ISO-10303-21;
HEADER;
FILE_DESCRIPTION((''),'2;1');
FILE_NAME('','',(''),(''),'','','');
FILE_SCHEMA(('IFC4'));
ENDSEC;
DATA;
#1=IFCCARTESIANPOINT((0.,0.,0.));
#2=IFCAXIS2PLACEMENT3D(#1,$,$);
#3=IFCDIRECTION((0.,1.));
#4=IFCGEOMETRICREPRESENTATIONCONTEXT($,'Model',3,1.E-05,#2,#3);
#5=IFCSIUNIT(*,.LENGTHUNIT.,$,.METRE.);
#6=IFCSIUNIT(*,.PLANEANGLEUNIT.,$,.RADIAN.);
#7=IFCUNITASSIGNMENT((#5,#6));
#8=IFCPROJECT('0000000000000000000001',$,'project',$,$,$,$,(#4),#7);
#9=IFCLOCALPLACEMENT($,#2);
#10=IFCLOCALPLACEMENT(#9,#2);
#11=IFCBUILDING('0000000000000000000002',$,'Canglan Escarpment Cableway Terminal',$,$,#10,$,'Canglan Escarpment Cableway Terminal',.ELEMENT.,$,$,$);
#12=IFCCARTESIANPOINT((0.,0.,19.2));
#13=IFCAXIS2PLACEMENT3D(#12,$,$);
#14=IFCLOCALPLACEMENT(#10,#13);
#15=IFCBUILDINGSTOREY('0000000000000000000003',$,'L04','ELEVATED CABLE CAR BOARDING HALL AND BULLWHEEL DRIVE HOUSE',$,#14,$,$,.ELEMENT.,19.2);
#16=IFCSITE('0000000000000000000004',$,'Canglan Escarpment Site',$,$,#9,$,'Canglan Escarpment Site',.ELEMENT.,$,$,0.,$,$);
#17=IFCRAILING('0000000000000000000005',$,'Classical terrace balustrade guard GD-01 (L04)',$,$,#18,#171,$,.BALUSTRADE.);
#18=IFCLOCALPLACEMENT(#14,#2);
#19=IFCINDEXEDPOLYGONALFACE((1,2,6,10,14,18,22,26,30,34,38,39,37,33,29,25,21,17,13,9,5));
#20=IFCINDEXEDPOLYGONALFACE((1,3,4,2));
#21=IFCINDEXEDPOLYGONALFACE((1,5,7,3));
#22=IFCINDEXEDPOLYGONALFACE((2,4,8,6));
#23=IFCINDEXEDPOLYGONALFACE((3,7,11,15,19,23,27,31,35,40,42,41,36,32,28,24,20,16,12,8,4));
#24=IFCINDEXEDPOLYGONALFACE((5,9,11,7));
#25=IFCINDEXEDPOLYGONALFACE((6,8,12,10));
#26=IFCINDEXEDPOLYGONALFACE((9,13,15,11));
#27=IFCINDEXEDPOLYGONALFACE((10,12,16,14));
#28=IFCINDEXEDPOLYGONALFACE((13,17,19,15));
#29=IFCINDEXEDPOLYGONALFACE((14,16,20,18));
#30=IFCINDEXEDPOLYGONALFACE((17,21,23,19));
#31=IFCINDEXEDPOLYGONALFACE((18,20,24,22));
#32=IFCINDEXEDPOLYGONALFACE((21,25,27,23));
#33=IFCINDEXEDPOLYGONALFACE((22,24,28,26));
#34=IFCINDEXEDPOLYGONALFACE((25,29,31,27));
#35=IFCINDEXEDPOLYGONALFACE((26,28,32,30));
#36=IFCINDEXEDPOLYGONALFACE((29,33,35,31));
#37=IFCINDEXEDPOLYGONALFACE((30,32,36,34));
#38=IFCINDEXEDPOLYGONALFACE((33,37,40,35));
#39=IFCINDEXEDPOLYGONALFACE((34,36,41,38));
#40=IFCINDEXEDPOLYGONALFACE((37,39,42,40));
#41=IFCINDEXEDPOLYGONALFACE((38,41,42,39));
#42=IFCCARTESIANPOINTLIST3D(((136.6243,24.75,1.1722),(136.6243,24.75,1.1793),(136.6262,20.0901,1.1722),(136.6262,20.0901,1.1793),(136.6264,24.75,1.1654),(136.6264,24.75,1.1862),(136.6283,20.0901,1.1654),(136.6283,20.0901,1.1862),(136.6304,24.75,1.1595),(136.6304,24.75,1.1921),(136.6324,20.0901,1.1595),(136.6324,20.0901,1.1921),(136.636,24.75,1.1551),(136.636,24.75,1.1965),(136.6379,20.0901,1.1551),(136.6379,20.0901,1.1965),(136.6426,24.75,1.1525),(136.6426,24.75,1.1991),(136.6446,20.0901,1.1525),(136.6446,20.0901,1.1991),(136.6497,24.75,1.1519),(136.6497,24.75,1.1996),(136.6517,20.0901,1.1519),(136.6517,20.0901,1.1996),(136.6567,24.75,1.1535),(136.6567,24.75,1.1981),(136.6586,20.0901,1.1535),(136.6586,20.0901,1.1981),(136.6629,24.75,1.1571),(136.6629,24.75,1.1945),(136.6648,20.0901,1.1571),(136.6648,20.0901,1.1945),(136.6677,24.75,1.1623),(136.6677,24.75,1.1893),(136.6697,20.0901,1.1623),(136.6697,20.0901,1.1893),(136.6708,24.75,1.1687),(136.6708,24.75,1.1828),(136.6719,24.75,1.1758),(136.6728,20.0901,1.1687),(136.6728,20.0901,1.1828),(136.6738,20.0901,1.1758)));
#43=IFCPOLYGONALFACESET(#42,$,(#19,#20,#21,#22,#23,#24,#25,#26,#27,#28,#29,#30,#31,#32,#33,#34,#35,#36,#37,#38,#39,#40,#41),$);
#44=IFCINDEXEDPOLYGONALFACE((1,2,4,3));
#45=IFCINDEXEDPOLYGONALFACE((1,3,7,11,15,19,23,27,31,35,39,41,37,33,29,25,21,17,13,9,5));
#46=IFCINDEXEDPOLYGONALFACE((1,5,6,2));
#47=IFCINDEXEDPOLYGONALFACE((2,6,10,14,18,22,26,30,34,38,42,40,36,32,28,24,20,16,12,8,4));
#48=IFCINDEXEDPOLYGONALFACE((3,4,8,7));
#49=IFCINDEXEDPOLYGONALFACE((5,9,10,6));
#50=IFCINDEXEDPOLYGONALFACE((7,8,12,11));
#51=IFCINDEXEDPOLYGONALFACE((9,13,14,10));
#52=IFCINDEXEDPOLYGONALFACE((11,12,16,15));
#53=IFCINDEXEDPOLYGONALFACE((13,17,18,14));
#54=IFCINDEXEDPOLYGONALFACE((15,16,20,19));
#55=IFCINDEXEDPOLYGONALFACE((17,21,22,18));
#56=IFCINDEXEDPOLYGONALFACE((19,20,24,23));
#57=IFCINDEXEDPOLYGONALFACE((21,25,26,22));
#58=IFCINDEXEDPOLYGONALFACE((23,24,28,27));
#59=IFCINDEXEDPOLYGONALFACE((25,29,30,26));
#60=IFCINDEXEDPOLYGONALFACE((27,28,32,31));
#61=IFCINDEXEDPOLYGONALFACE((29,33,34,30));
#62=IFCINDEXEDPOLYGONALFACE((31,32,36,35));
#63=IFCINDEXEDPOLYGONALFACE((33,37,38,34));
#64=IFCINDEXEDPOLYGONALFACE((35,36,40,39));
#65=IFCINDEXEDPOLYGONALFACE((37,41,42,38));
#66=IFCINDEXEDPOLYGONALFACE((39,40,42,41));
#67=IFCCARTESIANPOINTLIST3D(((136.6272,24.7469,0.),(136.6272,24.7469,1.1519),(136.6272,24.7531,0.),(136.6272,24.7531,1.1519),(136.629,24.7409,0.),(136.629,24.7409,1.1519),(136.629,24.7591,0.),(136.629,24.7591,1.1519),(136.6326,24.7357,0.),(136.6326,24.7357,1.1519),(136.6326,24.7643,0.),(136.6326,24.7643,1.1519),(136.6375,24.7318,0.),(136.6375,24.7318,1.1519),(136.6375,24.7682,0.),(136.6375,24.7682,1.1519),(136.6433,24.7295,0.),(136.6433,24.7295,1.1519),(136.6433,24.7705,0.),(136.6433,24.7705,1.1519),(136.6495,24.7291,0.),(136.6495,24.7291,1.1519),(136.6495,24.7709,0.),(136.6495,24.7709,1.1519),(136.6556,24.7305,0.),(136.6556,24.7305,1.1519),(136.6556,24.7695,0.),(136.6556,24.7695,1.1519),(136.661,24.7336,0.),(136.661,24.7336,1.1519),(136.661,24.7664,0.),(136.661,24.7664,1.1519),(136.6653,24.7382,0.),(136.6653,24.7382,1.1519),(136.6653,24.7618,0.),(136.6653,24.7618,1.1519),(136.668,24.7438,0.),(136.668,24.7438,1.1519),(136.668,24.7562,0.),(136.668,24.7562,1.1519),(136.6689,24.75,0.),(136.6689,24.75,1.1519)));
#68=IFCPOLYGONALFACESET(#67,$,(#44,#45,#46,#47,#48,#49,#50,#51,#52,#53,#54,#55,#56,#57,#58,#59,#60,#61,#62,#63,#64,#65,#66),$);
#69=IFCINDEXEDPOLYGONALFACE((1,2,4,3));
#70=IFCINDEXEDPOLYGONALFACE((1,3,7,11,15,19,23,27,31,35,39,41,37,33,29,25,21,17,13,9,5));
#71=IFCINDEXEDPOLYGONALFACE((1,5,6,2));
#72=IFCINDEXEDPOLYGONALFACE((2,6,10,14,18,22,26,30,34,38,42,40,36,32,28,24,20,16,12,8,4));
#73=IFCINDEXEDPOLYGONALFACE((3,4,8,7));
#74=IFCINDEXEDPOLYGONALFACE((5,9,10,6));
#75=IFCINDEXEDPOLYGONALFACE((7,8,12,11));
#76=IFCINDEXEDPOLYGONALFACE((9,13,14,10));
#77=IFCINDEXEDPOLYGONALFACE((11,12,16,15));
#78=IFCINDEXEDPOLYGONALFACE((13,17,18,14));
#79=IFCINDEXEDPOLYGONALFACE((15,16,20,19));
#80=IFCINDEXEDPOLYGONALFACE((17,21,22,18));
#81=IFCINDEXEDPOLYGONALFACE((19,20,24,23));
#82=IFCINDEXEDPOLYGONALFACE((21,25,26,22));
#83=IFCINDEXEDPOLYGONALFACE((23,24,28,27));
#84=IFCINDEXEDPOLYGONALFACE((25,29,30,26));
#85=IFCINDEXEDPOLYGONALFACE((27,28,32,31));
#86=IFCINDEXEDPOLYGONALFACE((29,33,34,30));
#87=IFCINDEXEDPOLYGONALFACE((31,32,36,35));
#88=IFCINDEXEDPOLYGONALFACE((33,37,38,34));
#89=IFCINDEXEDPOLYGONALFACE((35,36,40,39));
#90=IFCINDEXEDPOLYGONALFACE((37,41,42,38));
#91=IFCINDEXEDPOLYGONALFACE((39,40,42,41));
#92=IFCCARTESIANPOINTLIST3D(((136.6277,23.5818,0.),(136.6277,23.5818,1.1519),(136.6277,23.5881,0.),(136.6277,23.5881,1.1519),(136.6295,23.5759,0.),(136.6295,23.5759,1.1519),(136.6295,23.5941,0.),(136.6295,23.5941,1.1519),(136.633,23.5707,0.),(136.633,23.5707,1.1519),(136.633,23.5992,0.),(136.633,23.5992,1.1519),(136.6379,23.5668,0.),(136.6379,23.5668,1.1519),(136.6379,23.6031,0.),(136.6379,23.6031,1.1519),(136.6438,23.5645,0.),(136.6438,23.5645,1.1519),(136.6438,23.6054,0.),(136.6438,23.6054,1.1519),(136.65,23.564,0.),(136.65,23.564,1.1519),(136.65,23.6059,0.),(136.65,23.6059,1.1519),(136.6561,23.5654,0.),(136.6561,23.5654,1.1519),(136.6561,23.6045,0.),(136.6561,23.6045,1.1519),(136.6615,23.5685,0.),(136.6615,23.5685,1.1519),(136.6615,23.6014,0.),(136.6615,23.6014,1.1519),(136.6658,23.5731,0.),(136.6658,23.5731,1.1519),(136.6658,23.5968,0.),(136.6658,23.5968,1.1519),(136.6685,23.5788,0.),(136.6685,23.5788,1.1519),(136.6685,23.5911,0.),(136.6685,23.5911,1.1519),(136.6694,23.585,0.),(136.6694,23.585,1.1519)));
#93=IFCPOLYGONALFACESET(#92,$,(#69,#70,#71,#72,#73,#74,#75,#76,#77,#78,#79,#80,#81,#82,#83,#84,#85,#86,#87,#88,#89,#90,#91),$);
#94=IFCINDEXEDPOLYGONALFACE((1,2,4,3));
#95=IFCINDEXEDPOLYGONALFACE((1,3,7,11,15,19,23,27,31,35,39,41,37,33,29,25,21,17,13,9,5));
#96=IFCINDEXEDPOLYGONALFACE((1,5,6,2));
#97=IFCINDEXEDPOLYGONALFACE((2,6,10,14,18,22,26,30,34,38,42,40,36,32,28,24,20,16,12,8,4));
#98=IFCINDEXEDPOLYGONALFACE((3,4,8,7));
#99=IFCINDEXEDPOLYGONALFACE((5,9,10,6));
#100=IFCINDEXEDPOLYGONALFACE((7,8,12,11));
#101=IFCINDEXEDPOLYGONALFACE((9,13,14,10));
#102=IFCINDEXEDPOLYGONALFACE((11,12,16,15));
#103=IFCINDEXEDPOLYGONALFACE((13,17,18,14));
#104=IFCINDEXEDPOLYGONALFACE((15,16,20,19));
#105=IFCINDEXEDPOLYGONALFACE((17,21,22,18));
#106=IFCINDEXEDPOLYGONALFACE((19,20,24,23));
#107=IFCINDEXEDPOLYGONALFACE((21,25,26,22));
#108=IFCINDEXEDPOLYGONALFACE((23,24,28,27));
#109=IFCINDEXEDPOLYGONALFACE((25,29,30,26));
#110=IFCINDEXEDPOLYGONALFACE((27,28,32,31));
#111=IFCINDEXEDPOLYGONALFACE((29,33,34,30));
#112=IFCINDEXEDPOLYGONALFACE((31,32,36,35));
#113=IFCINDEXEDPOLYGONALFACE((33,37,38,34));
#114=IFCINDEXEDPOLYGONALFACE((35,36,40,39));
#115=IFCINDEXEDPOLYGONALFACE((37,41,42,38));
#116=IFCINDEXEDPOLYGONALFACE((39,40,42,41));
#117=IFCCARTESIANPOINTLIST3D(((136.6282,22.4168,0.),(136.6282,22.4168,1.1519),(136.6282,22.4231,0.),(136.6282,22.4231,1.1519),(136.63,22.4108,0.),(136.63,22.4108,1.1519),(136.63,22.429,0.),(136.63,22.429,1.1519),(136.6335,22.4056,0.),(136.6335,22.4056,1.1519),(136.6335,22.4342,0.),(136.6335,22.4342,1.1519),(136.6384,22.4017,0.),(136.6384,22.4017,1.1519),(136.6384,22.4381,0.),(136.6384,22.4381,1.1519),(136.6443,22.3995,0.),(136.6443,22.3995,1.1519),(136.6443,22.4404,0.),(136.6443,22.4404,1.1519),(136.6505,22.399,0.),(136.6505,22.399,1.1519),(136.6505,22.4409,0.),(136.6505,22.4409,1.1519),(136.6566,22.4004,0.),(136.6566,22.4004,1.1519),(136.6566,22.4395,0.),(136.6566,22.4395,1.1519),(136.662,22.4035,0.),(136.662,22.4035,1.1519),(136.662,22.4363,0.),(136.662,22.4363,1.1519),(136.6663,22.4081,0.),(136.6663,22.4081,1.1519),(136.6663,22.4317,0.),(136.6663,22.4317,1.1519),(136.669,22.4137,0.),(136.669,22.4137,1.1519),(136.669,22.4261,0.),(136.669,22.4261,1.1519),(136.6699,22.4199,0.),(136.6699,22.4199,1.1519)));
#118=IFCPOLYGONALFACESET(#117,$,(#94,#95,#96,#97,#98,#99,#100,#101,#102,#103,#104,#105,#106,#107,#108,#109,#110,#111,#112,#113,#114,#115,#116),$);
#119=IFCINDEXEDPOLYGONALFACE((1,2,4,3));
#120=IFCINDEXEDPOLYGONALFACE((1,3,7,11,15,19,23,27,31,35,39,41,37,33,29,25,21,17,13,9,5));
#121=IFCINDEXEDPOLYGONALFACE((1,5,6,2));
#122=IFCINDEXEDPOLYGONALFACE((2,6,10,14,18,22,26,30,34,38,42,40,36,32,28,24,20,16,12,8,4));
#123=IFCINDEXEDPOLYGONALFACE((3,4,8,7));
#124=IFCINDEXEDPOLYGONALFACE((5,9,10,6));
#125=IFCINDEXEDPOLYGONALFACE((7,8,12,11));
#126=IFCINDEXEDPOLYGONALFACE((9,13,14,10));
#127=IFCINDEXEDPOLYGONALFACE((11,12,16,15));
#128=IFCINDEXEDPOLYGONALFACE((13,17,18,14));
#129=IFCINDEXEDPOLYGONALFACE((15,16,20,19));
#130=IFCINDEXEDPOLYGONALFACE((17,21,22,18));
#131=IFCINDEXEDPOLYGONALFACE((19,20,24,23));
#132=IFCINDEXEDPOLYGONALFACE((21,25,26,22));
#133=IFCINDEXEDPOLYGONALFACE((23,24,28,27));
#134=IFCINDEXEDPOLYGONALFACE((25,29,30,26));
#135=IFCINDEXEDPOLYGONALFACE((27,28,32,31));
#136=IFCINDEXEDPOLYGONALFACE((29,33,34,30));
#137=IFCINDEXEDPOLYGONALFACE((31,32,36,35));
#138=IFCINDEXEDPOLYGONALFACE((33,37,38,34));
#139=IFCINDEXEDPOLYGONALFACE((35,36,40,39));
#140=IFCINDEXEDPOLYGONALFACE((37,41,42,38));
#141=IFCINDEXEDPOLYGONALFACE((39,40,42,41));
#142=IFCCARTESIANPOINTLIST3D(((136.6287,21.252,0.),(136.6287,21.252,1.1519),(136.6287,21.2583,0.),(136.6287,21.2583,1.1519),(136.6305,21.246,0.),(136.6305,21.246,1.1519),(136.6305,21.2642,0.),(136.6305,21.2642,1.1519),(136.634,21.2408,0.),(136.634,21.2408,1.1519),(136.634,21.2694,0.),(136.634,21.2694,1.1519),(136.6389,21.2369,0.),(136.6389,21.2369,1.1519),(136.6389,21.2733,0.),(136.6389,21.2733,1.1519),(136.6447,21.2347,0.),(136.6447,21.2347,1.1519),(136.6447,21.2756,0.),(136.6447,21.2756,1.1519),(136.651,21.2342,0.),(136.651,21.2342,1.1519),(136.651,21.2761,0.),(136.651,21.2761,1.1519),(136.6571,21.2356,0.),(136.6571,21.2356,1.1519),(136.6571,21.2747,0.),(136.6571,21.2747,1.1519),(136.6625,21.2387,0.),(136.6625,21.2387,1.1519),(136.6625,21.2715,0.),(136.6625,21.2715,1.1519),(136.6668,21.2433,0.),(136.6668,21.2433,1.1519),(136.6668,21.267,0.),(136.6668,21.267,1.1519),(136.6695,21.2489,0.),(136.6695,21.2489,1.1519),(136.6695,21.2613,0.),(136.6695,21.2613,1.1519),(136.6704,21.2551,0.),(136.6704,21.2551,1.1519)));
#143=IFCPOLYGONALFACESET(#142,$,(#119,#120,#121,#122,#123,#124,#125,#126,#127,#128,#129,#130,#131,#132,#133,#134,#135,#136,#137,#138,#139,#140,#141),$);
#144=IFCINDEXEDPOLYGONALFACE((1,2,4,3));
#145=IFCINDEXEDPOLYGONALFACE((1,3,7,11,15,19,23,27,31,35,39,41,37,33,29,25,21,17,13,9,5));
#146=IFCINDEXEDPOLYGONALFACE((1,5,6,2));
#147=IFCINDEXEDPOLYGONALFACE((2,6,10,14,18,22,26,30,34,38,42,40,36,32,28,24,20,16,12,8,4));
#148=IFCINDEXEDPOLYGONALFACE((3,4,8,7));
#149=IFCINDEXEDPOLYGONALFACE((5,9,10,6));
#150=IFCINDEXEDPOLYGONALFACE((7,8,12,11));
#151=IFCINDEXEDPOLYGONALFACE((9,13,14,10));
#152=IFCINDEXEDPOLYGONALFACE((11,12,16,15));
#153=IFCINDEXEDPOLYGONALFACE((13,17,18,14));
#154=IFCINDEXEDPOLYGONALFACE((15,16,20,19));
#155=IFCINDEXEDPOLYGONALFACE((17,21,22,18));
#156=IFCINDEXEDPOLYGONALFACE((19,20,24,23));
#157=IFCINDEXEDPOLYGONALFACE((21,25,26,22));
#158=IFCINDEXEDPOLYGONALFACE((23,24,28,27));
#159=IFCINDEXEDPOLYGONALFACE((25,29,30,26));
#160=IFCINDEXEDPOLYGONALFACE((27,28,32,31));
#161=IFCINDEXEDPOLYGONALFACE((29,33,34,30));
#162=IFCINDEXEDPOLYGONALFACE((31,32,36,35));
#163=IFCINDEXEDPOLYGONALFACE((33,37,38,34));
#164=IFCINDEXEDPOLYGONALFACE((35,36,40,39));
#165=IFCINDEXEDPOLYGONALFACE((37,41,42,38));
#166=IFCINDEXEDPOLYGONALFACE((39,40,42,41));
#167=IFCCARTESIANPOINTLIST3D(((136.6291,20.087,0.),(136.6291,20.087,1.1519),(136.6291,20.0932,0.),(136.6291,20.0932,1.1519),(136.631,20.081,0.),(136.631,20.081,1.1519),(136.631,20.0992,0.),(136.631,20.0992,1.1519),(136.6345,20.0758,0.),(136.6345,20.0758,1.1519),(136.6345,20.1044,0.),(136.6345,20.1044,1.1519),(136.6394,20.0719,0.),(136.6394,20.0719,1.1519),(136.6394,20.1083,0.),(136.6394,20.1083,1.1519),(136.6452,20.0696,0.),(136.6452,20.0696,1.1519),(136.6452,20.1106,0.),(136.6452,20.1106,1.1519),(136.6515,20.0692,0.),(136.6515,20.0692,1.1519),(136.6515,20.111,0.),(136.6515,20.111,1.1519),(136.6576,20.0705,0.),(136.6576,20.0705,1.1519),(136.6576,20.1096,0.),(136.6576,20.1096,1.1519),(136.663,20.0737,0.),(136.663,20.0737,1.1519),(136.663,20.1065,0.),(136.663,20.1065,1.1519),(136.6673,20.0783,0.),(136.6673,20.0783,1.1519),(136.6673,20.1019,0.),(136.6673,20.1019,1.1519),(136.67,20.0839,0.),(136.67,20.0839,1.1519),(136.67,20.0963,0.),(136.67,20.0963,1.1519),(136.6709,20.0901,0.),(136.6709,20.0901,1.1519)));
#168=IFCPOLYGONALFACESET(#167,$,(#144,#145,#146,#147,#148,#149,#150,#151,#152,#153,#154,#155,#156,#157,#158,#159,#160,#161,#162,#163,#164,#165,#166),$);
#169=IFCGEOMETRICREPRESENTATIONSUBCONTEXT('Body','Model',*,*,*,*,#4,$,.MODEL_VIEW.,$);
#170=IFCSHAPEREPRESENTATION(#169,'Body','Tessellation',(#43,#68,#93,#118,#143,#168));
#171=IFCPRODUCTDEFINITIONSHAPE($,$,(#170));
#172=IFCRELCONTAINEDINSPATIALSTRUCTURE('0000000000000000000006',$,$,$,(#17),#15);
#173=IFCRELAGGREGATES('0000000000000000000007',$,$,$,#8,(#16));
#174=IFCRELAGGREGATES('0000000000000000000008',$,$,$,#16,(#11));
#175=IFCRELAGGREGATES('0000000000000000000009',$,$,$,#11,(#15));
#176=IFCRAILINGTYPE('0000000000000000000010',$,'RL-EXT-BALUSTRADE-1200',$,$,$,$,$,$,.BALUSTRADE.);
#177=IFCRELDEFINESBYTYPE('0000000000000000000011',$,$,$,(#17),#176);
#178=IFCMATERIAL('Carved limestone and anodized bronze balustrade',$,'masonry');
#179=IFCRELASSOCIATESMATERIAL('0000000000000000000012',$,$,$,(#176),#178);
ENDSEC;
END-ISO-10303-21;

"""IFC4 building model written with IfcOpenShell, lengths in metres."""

from ifc_helpers import new_model, si_unit, direction, frame, origin, origin_2d, place, context, subcontext, project, spatial, circle, extrude, material, type_object, element, save


model = new_model("IFC4")

# Units and contexts
model_context = context("Model", 3, precision=1e-05, world=origin(), true_north=direction((0.0, 1.0)))
body_context = subcontext(model_context, "Body", "Model", "MODEL_VIEW")
ifc_project = project(units=[si_unit("LENGTHUNIT", "METRE"), si_unit("PLANEANGLEUNIT", "RADIAN")], contexts=[model_context])

# Site, building, storey
site_placement = place(None, origin())
site = spatial("IfcSite", under=ifc_project, at=site_placement, Name="Canglan Escarpment Site", LongName="Canglan Escarpment Site", CompositionType="ELEMENT", RefElevation=0.0)
building_placement = place(site_placement, origin())
building = spatial("IfcBuilding", under=site, at=building_placement, Name="Canglan Escarpment Cableway Terminal", LongName="Canglan Escarpment Cableway Terminal", CompositionType="ELEMENT")
storey_placement = place(building_placement, frame((0.0, 0.0, 19.2)))
storey = spatial("IfcBuildingStorey", under=building, at=storey_placement, Name="L04", Description="ELEVATED CABLE CAR BOARDING HALL AND BULLWHEEL DRIVE HOUSE", CompositionType="ELEMENT", Elevation=19.2)

# Railing
ifc_material_1 = material(Name="Carved limestone and anodized bronze balustrade", Category="masonry")
railing_type = type_object("IfcRailingType", Name="RL-EXT-BALUSTRADE-1200", PredefinedType="BALUSTRADE", material=ifc_material_1)
railing_1_placement = place(storey_placement, frame((136.6479, 24.75, 0.0)))
element("IfcRailing", 1, at=railing_1_placement, inside=storey, type_object=railing_type, Name="Classical terrace balustrade guard GD-01 (L04)", PredefinedType="BALUSTRADE", context=body_context, shape_type="SweptSolid", body=[
    extrude(circle(Radius=0.0239, at=origin_2d()), frame((0.0, 0.0, 1.1758), z_axis=(0.000419, -1.0, 0.0), x_axis=(1.0, 0.000419, 0.0)), (0.0, 0.0, 1.0), 4.6599),
    extrude(circle(Radius=0.021, at=origin_2d()), origin(), (0.0, 0.0, 1.0), 1.1519),
    extrude(circle(Radius=0.021, at=origin_2d()), frame((0.0005, -1.165, 0.0)), (0.0, 0.0, 1.0), 1.1519),
    extrude(circle(Radius=0.021, at=origin_2d()), frame((0.001, -2.3301, 0.0)), (0.0, 0.0, 1.0), 1.1519),
    extrude(circle(Radius=0.021, at=origin_2d()), frame((0.0015, -3.4949, 0.0)), (0.0, 0.0, 1.0), 1.1519),
    extrude(circle(Radius=0.021, at=origin_2d()), frame((0.002, -4.6599, 0.0)), (0.0, 0.0, 1.0), 1.1519),
])

save(model, "model.ifc")
